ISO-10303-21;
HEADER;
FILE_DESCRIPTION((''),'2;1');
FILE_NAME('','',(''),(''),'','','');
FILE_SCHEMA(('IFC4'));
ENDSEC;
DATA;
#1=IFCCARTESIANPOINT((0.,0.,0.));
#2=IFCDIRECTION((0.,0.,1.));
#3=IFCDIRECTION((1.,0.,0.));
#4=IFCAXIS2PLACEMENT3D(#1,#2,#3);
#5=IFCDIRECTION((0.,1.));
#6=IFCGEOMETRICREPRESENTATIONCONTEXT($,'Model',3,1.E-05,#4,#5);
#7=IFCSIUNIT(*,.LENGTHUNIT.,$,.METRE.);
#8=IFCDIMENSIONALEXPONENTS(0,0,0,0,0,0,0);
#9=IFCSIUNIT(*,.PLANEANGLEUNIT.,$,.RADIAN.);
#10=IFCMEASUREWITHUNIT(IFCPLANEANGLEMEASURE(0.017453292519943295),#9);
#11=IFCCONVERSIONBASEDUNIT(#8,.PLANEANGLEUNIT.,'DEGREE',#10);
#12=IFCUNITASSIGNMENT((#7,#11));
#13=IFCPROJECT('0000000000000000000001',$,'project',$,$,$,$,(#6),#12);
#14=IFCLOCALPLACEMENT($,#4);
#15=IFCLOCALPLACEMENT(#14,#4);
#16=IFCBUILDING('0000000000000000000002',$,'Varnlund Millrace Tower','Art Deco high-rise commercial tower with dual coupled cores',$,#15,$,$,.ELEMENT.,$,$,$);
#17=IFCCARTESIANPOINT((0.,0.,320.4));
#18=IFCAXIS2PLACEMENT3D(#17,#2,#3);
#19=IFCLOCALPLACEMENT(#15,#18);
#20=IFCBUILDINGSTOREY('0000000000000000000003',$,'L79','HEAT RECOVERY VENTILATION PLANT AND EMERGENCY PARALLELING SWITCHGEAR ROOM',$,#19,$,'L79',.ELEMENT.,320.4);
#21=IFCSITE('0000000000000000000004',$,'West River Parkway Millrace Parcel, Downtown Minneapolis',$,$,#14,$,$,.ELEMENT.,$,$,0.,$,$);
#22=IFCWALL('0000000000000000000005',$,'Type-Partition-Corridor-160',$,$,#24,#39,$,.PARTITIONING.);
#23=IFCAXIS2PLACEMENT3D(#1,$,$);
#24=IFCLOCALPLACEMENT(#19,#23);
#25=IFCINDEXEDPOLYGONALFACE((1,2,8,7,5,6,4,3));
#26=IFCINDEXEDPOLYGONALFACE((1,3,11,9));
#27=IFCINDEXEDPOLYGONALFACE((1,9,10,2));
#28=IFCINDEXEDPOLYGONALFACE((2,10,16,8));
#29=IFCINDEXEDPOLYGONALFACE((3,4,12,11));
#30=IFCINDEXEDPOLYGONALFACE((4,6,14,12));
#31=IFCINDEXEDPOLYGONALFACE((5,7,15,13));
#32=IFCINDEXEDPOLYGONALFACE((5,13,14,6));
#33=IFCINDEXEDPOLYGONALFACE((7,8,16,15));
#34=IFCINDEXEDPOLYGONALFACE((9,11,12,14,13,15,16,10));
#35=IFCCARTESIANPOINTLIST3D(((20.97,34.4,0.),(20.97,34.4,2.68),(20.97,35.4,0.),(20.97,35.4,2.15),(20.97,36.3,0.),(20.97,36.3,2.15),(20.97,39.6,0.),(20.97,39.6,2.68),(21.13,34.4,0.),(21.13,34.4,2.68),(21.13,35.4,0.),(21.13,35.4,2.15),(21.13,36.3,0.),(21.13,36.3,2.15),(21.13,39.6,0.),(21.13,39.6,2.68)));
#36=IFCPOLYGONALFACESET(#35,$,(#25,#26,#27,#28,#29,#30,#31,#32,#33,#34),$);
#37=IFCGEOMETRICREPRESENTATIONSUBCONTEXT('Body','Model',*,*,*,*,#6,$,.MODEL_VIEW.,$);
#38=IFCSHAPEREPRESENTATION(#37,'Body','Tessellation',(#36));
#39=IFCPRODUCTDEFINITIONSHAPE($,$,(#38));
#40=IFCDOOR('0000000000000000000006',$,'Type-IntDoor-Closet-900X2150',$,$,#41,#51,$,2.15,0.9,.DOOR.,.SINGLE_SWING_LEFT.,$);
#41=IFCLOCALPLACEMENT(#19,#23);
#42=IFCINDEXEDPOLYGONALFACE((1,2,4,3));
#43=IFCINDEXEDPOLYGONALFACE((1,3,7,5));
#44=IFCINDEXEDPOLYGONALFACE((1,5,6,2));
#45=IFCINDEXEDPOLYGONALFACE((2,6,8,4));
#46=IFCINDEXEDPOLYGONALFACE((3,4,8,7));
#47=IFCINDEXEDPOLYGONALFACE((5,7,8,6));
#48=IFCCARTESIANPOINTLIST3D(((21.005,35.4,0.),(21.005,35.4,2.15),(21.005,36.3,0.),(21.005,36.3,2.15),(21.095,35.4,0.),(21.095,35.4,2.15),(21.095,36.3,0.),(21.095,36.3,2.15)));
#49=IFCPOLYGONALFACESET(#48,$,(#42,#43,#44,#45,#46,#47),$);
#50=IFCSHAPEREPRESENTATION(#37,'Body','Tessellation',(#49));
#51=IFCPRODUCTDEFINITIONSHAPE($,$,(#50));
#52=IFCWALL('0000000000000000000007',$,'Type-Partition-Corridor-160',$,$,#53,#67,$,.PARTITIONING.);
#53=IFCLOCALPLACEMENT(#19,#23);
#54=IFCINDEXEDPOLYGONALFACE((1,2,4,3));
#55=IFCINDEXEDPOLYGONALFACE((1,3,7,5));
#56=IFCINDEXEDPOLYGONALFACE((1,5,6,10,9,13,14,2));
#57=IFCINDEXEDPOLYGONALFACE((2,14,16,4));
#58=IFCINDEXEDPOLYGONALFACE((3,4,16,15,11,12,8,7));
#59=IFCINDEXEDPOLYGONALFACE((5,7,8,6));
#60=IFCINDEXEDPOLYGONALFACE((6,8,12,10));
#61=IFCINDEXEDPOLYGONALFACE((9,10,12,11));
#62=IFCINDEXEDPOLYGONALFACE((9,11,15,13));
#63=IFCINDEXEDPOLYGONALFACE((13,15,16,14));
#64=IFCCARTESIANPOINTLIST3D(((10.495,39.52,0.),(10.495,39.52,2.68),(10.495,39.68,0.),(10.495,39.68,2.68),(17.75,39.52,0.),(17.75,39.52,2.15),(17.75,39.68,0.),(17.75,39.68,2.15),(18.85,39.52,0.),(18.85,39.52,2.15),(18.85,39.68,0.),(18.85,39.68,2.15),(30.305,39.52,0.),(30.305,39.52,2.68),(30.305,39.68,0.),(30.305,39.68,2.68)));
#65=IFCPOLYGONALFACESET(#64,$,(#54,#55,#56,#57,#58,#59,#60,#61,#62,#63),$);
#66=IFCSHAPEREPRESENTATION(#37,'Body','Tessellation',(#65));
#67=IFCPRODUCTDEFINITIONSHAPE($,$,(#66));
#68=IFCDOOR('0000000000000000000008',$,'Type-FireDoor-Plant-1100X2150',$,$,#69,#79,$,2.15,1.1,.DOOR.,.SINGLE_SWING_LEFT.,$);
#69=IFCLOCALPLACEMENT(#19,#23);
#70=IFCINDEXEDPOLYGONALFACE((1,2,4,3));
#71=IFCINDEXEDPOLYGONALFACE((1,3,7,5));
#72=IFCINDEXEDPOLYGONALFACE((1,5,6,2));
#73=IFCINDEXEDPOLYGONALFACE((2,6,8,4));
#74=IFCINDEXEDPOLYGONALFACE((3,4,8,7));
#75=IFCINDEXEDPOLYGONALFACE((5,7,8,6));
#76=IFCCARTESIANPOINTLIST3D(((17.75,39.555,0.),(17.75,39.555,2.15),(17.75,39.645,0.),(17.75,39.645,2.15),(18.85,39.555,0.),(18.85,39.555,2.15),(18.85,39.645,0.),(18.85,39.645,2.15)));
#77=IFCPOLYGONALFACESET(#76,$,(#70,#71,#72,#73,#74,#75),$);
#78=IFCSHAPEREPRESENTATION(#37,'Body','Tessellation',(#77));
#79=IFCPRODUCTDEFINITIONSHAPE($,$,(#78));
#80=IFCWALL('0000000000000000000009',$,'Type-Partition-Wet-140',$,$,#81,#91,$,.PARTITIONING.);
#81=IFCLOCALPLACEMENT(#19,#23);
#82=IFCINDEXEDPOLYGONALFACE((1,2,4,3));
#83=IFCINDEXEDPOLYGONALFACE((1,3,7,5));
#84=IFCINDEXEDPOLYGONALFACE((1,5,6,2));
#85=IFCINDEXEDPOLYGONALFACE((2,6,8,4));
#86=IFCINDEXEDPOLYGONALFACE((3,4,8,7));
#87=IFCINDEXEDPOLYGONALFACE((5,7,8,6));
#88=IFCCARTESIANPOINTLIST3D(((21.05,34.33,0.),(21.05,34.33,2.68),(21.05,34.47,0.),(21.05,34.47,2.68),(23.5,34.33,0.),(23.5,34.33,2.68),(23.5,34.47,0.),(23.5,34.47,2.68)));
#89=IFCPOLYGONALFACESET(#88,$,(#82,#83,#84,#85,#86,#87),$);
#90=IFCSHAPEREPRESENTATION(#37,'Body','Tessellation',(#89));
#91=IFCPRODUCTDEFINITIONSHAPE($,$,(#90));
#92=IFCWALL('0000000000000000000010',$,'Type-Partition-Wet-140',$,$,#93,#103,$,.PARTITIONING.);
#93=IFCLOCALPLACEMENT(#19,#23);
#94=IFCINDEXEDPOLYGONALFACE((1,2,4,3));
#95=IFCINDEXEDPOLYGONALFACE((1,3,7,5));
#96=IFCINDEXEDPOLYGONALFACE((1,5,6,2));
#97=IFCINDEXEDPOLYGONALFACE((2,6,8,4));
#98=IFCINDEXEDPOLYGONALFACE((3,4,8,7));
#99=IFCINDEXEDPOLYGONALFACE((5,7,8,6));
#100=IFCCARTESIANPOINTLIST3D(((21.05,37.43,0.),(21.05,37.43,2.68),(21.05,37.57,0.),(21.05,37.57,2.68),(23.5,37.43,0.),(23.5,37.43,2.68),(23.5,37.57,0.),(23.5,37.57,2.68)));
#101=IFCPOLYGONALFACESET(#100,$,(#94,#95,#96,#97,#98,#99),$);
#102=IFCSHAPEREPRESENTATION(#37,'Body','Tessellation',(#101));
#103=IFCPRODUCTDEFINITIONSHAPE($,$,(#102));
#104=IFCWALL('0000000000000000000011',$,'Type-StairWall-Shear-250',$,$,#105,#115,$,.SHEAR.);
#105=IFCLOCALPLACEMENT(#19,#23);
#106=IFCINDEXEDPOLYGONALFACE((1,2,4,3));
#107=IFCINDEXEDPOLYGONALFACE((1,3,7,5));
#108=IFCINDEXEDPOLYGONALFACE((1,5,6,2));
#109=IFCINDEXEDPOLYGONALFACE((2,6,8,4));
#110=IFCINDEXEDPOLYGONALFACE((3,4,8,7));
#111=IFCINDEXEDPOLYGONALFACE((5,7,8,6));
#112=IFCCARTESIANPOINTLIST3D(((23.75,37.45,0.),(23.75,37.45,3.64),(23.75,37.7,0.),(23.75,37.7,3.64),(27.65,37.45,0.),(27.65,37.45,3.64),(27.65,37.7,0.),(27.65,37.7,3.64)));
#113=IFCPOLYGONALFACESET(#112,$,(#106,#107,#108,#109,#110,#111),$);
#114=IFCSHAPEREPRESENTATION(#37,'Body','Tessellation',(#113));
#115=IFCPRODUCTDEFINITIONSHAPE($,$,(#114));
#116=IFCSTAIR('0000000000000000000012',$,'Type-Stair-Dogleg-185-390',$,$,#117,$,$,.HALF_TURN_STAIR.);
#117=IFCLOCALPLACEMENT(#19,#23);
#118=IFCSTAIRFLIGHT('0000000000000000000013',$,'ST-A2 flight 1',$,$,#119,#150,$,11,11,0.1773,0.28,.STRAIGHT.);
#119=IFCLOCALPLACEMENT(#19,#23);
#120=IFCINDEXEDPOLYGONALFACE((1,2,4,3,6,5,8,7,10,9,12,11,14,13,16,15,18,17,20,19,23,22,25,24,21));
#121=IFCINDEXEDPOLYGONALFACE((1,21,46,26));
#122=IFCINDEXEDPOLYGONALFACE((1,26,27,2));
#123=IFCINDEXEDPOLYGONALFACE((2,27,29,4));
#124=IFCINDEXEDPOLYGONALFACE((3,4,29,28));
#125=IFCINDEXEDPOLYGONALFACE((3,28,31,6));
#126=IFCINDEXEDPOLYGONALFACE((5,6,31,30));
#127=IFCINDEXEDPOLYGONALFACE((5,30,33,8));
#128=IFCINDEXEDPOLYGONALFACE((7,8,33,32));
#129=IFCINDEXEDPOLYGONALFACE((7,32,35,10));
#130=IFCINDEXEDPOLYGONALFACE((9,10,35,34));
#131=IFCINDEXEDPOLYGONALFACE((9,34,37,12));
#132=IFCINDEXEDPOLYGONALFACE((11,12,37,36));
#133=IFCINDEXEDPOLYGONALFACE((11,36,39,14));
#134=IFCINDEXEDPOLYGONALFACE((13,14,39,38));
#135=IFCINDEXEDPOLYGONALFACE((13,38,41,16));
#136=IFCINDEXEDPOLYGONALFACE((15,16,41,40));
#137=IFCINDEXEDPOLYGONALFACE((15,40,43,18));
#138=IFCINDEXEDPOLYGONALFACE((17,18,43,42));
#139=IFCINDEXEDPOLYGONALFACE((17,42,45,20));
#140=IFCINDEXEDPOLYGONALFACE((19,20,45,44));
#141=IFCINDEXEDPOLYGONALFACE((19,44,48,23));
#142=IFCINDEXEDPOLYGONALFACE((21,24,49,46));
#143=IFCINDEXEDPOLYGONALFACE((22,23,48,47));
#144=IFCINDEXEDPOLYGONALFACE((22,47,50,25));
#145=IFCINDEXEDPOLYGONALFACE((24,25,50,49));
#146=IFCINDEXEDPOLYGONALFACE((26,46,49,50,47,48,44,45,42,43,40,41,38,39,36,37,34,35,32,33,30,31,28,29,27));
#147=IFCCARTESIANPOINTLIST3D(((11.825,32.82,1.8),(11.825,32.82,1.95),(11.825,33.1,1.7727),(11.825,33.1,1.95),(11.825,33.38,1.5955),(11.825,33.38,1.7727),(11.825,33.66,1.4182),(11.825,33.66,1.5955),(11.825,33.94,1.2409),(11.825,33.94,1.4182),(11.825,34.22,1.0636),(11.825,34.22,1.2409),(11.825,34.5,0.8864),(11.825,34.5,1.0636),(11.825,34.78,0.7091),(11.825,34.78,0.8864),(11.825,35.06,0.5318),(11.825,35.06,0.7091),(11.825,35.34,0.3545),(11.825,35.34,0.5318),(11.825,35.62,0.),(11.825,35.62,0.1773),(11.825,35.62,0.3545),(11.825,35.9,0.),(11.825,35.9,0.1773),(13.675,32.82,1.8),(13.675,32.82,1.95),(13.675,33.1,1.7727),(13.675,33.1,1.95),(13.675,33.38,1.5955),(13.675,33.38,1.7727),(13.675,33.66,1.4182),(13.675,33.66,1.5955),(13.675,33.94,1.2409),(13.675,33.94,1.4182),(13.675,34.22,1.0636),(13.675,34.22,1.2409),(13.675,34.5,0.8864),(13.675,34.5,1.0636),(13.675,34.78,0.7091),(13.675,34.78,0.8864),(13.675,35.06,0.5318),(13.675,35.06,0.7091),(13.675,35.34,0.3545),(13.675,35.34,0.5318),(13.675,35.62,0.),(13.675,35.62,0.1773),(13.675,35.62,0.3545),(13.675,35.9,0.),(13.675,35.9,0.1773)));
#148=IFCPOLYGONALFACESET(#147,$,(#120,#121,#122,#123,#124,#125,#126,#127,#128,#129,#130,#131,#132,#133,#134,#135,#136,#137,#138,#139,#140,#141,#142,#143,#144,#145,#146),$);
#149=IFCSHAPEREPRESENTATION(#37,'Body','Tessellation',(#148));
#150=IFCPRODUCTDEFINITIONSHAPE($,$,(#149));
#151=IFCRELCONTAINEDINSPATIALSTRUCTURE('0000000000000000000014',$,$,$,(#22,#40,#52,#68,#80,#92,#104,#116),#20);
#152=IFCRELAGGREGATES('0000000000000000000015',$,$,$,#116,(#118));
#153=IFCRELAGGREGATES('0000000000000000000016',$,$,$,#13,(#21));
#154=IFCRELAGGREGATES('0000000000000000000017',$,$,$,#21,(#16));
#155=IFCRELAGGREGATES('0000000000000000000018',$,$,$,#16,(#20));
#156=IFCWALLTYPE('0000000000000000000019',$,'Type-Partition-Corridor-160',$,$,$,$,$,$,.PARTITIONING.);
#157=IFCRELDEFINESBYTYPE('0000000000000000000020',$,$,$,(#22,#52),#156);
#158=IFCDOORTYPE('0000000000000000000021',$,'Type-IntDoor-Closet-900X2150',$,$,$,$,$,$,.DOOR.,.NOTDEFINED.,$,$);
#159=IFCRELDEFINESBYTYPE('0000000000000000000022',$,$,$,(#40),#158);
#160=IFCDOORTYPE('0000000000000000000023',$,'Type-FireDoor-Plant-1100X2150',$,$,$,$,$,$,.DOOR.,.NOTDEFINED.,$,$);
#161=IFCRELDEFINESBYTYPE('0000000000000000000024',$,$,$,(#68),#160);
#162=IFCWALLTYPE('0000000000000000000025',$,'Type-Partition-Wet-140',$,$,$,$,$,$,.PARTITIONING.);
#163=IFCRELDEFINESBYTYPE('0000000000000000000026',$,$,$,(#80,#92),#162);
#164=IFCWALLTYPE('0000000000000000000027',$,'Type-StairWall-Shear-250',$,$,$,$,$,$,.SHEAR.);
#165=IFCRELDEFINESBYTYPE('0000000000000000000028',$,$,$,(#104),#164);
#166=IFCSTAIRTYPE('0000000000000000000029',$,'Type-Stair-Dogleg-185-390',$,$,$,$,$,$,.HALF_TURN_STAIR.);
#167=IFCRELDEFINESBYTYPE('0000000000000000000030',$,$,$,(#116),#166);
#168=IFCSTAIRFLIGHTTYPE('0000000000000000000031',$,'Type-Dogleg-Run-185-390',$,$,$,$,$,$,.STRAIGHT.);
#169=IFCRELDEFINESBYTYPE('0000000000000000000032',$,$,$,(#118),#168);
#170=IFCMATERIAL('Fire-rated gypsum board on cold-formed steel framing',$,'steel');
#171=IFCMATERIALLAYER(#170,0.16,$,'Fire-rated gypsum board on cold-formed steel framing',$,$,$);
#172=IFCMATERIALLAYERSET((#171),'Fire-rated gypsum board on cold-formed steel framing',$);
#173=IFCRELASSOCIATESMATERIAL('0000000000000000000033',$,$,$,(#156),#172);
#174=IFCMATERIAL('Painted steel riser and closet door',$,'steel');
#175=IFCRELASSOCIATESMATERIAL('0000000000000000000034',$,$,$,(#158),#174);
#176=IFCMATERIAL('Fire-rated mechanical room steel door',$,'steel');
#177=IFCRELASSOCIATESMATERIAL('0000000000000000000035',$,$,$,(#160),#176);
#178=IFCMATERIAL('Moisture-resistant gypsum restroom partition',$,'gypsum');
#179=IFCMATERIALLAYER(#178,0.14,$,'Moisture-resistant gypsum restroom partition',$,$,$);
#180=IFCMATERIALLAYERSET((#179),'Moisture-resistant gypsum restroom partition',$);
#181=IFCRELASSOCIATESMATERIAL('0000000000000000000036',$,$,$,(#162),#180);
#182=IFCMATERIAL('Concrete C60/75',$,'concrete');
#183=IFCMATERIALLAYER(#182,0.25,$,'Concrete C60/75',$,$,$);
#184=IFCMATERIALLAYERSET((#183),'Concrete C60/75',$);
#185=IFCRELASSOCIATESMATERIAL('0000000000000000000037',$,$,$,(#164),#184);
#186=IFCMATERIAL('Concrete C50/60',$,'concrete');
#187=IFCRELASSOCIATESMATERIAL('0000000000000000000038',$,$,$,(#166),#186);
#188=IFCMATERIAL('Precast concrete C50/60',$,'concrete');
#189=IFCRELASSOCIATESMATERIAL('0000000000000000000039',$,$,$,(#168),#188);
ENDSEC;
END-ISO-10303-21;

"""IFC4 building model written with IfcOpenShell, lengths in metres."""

from ifc_helpers import new_model, entity, si_unit, converted_unit, direction, frame, origin_with_axes, origin_2d_with_axis, place, context, subcontext, project, spatial, polyline, rectangle, outline, extrude, material, layer, layer_set, type_object, element, fill, aggregate, save


model = new_model("IFC4")

# Units and contexts
model_context = context("Model", 3, precision=1e-05, world=origin_with_axes(), true_north=direction((0.0, 1.0)))
body_context = subcontext(model_context, "Body", "Model", "MODEL_VIEW")
ifc_project = project(units=[si_unit("LENGTHUNIT", "METRE"), converted_unit("PLANEANGLEUNIT", "DEGREE", entity("IfcPlaneAngleMeasure", 0.017453292519943295), si_unit("PLANEANGLEUNIT", "RADIAN"), dimensions=[0, 0, 0, 0, 0, 0, 0])], contexts=[model_context])

# Site, building, storey
site_placement = place(None, origin_with_axes())
site = spatial("IfcSite", under=ifc_project, at=site_placement, Name="West River Parkway Millrace Parcel, Downtown Minneapolis", CompositionType="ELEMENT", RefElevation=0.0)
building_placement = place(site_placement, origin_with_axes())
building = spatial("IfcBuilding", under=site, at=building_placement, Name="Varnlund Millrace Tower", Description="Art Deco high-rise commercial tower with dual coupled cores", CompositionType="ELEMENT")
storey_placement = place(building_placement, frame((0.0, 0.0, 320.4), z_axis=(0.0, 0.0, 1.0), x_axis=(1.0, 0.0, 0.0)))
storey = spatial("IfcBuildingStorey", under=building, at=storey_placement, Name="L79", Description="HEAT RECOVERY VENTILATION PLANT AND EMERGENCY PARALLELING SWITCHGEAR ROOM", LongName="L79", CompositionType="ELEMENT", Elevation=320.4)

# Shared definitions
ifc_material_1 = material(Name="Precast concrete C50/60", Category="concrete")

# Walls, openings, doors
ifc_material_2 = material(Name="Fire-rated gypsum board on cold-formed steel framing", Category="steel")
ifc_layer_1 = layer(ifc_material_2, 0.16, Name="Fire-rated gypsum board on cold-formed steel framing")
ifc_layer_set_1 = layer_set([ifc_layer_1], Name="Fire-rated gypsum board on cold-formed steel framing")
wall_type_1 = type_object("IfcWallType", Name="Type-Partition-Corridor-160", PredefinedType="PARTITIONING", material=ifc_layer_set_1)
wall_1_placement = place(storey_placement, frame((21.05, 34.4, 0.0), z_axis=(0.0, 0.0, 1.0), x_axis=(0.0, 1.0, 0.0)))
wall_1 = element("IfcWall", 1, at=wall_1_placement, inside=storey, type_object=wall_type_1, Name="Type-Partition-Corridor-160", PredefinedType="PARTITIONING", context=body_context, shape_type="SweptSolid", body=[
    extrude(outline(polyline([(0.0, -0.08), (5.2, -0.08), (5.2, 0.08), (0.0, 0.08), (0.0, -0.08)])), origin_with_axes(), (0.0, 0.0, 1.0), 2.68),
])
opening_1_placement = place(wall_1_placement, frame((1.45, 0.0, 0.0), z_axis=(0.0, 0.0, 1.0), x_axis=(1.0, 0.0, 0.0)))
opening_1 = element("IfcOpeningElement", 2, at=opening_1_placement, cuts=wall_1, PredefinedType="OPENING", context=body_context, shape_type="SweptSolid", body=[
    extrude(rectangle(XDim=0.9, YDim=0.18, at=origin_2d_with_axis()), origin_with_axes(), (0.0, 0.0, 1.0), 2.15),
])
ifc_material_3 = material(Name="Painted steel riser and closet door", Category="steel")
door_type_1 = type_object("IfcDoorType", Name="Type-IntDoor-Closet-900X2150", OperationType="NOTDEFINED", PredefinedType="DOOR", material=ifc_material_3)
door_1_placement = place(wall_1_placement, frame((1.45, 0.0, 0.0), z_axis=(0.0, 0.0, 1.0), x_axis=(1.0, 0.0, 0.0)))
door_1 = element("IfcDoor", 3, at=door_1_placement, inside=storey, type_object=door_type_1, Name="Type-IntDoor-Closet-900X2150", OperationType="SINGLE_SWING_LEFT", OverallHeight=2.15, OverallWidth=0.9, PredefinedType="DOOR", context=body_context, shape_type="SweptSolid", body=[
    extrude(rectangle(XDim=0.9, YDim=0.09, at=origin_2d_with_axis()), origin_with_axes(), (0.0, 0.0, 1.0), 2.15),
])
fill(opening_1, door_1)
wall_2_placement = place(storey_placement, frame((10.495, 39.6, 0.0), z_axis=(0.0, 0.0, 1.0), x_axis=(1.0, 0.0, 0.0)))
wall_2 = element("IfcWall", 4, at=wall_2_placement, inside=storey, type_object=wall_type_1, Name="Type-Partition-Corridor-160", PredefinedType="PARTITIONING", context=body_context, shape_type="SweptSolid", body=[
    extrude(outline(polyline([(0.0, -0.08), (19.81, -0.08), (19.81, 0.08), (0.0, 0.08), (0.0, -0.08)])), origin_with_axes(), (0.0, 0.0, 1.0), 2.68),
])
opening_2_placement = place(wall_2_placement, frame((7.805, 0.0, 0.0), z_axis=(0.0, 0.0, 1.0), x_axis=(1.0, 0.0, 0.0)))
opening_2 = element("IfcOpeningElement", 5, at=opening_2_placement, cuts=wall_2, PredefinedType="OPENING", context=body_context, shape_type="SweptSolid", body=[
    extrude(rectangle(XDim=1.1, YDim=0.18, at=origin_2d_with_axis()), origin_with_axes(), (0.0, 0.0, 1.0), 2.15),
])
ifc_material_4 = material(Name="Fire-rated mechanical room steel door", Category="steel")
door_type_2 = type_object("IfcDoorType", Name="Type-FireDoor-Plant-1100X2150", OperationType="NOTDEFINED", PredefinedType="DOOR", material=ifc_material_4)
door_2_placement = place(wall_2_placement, frame((7.805, 0.0, 0.0), z_axis=(0.0, 0.0, 1.0), x_axis=(1.0, 0.0, 0.0)))
door_2 = element("IfcDoor", 6, at=door_2_placement, inside=storey, type_object=door_type_2, Name="Type-FireDoor-Plant-1100X2150", OperationType="SINGLE_SWING_LEFT", OverallHeight=2.15, OverallWidth=1.1, PredefinedType="DOOR", context=body_context, shape_type="SweptSolid", body=[
    extrude(rectangle(XDim=1.1, YDim=0.09, at=origin_2d_with_axis()), origin_with_axes(), (0.0, 0.0, 1.0), 2.15),
])
fill(opening_2, door_2)

# Walls
ifc_material_5 = material(Name="Moisture-resistant gypsum restroom partition", Category="gypsum")
ifc_layer_2 = layer(ifc_material_5, 0.14, Name="Moisture-resistant gypsum restroom partition")
ifc_layer_set_2 = layer_set([ifc_layer_2], Name="Moisture-resistant gypsum restroom partition")
wall_type_2 = type_object("IfcWallType", Name="Type-Partition-Wet-140", PredefinedType="PARTITIONING", material=ifc_layer_set_2)
for number, where, z_axis, x_axis, name in (
    (7, (21.05, 34.4, 0.0), (0.0, 0.0, 1.0), (1.0, 0.0, 0.0), "Type-Partition-Wet-140"),
    (8, (21.05, 37.5, 0.0), (0.0, 0.0, 1.0), (1.0, 0.0, 0.0), "Type-Partition-Wet-140"),
):
    element("IfcWall", number, at=place(storey_placement, frame(where, z_axis=z_axis, x_axis=x_axis)), inside=storey, type_object=wall_type_2, Name=name, PredefinedType="PARTITIONING", context=body_context, shape_type="SweptSolid", body=[
        extrude(outline(polyline([(0.0, -0.07), (2.45, -0.07), (2.45, 0.07), (0.0, 0.07), (0.0, -0.07)])), origin_with_axes(), (0.0, 0.0, 1.0), 2.68),
    ])
ifc_material_6 = material(Name="Concrete C60/75", Category="concrete")
ifc_layer_3 = layer(ifc_material_6, 0.25, Name="Concrete C60/75")
ifc_layer_set_3 = layer_set([ifc_layer_3], Name="Concrete C60/75")
wall_type_3 = type_object("IfcWallType", Name="Type-StairWall-Shear-250", PredefinedType="SHEAR", material=ifc_layer_set_3)
wall_3_placement = place(storey_placement, frame((23.75, 37.575, 0.0), z_axis=(0.0, 0.0, 1.0), x_axis=(1.0, 0.0, 0.0)))
element("IfcWall", 9, at=wall_3_placement, inside=storey, type_object=wall_type_3, Name="Type-StairWall-Shear-250", PredefinedType="SHEAR", context=body_context, shape_type="SweptSolid", body=[
    extrude(outline(polyline([(0.0, -0.125), (3.9, -0.125), (3.9, 0.125), (0.0, 0.125), (0.0, -0.125)])), origin_with_axes(), (0.0, 0.0, 1.0), 3.64),
])

# Stair, stair flight
ifc_material_7 = material(Name="Concrete C50/60", Category="concrete")
stair_type = type_object("IfcStairType", Name="Type-Stair-Dogleg-185-390", PredefinedType="HALF_TURN_STAIR", material=ifc_material_7)
stair_placement = place(storey_placement, origin_with_axes())
stair = element("IfcStair", 10, at=stair_placement, inside=storey, type_object=stair_type, Name="Type-Stair-Dogleg-185-390", PredefinedType="HALF_TURN_STAIR")
stair_flight_type = type_object("IfcStairFlightType", Name="Type-Dogleg-Run-185-390", PredefinedType="STRAIGHT", material=ifc_material_1)
stair_flight_placement = place(storey_placement, frame((13.675, 35.9, 0.0), z_axis=(-1.0, 0.0, 0.0), x_axis=(0.0, -1.0, 0.0)))
stair_flight = element("IfcStairFlight", 11, at=stair_flight_placement, type_object=stair_flight_type, Name="ST-A2 flight 1", NumberOfRisers=11, NumberOfTreads=11, PredefinedType="STRAIGHT", RiserHeight=0.1773, TreadLength=0.28, context=body_context, shape_type="SweptSolid", body=[
    extrude(outline(polyline([(0.0, 0.0), (0.0, 0.1773), (0.28, 0.1773), (0.28, 0.3545), (0.56, 0.3545), (0.56, 0.5318), (0.84, 0.5318), (0.84, 0.7091), (1.12, 0.7091), (1.12, 0.8864), (1.4, 0.8864), (1.4, 1.0636), (1.68, 1.0636), (1.68, 1.2409), (1.96, 1.2409), (1.96, 1.4182), (2.24, 1.4182), (2.24, 1.5955), (2.52, 1.5955), (2.52, 1.7727), (2.8, 1.7727), (2.8, 1.95), (3.08, 1.95), (3.08, 1.8), (0.28, 0.0), (0.0, 0.0)])), origin_with_axes(), (0.0, 0.0, 1.0), 1.85),
])
aggregate(stair, [stair_flight])

save(model, "model.ifc")
